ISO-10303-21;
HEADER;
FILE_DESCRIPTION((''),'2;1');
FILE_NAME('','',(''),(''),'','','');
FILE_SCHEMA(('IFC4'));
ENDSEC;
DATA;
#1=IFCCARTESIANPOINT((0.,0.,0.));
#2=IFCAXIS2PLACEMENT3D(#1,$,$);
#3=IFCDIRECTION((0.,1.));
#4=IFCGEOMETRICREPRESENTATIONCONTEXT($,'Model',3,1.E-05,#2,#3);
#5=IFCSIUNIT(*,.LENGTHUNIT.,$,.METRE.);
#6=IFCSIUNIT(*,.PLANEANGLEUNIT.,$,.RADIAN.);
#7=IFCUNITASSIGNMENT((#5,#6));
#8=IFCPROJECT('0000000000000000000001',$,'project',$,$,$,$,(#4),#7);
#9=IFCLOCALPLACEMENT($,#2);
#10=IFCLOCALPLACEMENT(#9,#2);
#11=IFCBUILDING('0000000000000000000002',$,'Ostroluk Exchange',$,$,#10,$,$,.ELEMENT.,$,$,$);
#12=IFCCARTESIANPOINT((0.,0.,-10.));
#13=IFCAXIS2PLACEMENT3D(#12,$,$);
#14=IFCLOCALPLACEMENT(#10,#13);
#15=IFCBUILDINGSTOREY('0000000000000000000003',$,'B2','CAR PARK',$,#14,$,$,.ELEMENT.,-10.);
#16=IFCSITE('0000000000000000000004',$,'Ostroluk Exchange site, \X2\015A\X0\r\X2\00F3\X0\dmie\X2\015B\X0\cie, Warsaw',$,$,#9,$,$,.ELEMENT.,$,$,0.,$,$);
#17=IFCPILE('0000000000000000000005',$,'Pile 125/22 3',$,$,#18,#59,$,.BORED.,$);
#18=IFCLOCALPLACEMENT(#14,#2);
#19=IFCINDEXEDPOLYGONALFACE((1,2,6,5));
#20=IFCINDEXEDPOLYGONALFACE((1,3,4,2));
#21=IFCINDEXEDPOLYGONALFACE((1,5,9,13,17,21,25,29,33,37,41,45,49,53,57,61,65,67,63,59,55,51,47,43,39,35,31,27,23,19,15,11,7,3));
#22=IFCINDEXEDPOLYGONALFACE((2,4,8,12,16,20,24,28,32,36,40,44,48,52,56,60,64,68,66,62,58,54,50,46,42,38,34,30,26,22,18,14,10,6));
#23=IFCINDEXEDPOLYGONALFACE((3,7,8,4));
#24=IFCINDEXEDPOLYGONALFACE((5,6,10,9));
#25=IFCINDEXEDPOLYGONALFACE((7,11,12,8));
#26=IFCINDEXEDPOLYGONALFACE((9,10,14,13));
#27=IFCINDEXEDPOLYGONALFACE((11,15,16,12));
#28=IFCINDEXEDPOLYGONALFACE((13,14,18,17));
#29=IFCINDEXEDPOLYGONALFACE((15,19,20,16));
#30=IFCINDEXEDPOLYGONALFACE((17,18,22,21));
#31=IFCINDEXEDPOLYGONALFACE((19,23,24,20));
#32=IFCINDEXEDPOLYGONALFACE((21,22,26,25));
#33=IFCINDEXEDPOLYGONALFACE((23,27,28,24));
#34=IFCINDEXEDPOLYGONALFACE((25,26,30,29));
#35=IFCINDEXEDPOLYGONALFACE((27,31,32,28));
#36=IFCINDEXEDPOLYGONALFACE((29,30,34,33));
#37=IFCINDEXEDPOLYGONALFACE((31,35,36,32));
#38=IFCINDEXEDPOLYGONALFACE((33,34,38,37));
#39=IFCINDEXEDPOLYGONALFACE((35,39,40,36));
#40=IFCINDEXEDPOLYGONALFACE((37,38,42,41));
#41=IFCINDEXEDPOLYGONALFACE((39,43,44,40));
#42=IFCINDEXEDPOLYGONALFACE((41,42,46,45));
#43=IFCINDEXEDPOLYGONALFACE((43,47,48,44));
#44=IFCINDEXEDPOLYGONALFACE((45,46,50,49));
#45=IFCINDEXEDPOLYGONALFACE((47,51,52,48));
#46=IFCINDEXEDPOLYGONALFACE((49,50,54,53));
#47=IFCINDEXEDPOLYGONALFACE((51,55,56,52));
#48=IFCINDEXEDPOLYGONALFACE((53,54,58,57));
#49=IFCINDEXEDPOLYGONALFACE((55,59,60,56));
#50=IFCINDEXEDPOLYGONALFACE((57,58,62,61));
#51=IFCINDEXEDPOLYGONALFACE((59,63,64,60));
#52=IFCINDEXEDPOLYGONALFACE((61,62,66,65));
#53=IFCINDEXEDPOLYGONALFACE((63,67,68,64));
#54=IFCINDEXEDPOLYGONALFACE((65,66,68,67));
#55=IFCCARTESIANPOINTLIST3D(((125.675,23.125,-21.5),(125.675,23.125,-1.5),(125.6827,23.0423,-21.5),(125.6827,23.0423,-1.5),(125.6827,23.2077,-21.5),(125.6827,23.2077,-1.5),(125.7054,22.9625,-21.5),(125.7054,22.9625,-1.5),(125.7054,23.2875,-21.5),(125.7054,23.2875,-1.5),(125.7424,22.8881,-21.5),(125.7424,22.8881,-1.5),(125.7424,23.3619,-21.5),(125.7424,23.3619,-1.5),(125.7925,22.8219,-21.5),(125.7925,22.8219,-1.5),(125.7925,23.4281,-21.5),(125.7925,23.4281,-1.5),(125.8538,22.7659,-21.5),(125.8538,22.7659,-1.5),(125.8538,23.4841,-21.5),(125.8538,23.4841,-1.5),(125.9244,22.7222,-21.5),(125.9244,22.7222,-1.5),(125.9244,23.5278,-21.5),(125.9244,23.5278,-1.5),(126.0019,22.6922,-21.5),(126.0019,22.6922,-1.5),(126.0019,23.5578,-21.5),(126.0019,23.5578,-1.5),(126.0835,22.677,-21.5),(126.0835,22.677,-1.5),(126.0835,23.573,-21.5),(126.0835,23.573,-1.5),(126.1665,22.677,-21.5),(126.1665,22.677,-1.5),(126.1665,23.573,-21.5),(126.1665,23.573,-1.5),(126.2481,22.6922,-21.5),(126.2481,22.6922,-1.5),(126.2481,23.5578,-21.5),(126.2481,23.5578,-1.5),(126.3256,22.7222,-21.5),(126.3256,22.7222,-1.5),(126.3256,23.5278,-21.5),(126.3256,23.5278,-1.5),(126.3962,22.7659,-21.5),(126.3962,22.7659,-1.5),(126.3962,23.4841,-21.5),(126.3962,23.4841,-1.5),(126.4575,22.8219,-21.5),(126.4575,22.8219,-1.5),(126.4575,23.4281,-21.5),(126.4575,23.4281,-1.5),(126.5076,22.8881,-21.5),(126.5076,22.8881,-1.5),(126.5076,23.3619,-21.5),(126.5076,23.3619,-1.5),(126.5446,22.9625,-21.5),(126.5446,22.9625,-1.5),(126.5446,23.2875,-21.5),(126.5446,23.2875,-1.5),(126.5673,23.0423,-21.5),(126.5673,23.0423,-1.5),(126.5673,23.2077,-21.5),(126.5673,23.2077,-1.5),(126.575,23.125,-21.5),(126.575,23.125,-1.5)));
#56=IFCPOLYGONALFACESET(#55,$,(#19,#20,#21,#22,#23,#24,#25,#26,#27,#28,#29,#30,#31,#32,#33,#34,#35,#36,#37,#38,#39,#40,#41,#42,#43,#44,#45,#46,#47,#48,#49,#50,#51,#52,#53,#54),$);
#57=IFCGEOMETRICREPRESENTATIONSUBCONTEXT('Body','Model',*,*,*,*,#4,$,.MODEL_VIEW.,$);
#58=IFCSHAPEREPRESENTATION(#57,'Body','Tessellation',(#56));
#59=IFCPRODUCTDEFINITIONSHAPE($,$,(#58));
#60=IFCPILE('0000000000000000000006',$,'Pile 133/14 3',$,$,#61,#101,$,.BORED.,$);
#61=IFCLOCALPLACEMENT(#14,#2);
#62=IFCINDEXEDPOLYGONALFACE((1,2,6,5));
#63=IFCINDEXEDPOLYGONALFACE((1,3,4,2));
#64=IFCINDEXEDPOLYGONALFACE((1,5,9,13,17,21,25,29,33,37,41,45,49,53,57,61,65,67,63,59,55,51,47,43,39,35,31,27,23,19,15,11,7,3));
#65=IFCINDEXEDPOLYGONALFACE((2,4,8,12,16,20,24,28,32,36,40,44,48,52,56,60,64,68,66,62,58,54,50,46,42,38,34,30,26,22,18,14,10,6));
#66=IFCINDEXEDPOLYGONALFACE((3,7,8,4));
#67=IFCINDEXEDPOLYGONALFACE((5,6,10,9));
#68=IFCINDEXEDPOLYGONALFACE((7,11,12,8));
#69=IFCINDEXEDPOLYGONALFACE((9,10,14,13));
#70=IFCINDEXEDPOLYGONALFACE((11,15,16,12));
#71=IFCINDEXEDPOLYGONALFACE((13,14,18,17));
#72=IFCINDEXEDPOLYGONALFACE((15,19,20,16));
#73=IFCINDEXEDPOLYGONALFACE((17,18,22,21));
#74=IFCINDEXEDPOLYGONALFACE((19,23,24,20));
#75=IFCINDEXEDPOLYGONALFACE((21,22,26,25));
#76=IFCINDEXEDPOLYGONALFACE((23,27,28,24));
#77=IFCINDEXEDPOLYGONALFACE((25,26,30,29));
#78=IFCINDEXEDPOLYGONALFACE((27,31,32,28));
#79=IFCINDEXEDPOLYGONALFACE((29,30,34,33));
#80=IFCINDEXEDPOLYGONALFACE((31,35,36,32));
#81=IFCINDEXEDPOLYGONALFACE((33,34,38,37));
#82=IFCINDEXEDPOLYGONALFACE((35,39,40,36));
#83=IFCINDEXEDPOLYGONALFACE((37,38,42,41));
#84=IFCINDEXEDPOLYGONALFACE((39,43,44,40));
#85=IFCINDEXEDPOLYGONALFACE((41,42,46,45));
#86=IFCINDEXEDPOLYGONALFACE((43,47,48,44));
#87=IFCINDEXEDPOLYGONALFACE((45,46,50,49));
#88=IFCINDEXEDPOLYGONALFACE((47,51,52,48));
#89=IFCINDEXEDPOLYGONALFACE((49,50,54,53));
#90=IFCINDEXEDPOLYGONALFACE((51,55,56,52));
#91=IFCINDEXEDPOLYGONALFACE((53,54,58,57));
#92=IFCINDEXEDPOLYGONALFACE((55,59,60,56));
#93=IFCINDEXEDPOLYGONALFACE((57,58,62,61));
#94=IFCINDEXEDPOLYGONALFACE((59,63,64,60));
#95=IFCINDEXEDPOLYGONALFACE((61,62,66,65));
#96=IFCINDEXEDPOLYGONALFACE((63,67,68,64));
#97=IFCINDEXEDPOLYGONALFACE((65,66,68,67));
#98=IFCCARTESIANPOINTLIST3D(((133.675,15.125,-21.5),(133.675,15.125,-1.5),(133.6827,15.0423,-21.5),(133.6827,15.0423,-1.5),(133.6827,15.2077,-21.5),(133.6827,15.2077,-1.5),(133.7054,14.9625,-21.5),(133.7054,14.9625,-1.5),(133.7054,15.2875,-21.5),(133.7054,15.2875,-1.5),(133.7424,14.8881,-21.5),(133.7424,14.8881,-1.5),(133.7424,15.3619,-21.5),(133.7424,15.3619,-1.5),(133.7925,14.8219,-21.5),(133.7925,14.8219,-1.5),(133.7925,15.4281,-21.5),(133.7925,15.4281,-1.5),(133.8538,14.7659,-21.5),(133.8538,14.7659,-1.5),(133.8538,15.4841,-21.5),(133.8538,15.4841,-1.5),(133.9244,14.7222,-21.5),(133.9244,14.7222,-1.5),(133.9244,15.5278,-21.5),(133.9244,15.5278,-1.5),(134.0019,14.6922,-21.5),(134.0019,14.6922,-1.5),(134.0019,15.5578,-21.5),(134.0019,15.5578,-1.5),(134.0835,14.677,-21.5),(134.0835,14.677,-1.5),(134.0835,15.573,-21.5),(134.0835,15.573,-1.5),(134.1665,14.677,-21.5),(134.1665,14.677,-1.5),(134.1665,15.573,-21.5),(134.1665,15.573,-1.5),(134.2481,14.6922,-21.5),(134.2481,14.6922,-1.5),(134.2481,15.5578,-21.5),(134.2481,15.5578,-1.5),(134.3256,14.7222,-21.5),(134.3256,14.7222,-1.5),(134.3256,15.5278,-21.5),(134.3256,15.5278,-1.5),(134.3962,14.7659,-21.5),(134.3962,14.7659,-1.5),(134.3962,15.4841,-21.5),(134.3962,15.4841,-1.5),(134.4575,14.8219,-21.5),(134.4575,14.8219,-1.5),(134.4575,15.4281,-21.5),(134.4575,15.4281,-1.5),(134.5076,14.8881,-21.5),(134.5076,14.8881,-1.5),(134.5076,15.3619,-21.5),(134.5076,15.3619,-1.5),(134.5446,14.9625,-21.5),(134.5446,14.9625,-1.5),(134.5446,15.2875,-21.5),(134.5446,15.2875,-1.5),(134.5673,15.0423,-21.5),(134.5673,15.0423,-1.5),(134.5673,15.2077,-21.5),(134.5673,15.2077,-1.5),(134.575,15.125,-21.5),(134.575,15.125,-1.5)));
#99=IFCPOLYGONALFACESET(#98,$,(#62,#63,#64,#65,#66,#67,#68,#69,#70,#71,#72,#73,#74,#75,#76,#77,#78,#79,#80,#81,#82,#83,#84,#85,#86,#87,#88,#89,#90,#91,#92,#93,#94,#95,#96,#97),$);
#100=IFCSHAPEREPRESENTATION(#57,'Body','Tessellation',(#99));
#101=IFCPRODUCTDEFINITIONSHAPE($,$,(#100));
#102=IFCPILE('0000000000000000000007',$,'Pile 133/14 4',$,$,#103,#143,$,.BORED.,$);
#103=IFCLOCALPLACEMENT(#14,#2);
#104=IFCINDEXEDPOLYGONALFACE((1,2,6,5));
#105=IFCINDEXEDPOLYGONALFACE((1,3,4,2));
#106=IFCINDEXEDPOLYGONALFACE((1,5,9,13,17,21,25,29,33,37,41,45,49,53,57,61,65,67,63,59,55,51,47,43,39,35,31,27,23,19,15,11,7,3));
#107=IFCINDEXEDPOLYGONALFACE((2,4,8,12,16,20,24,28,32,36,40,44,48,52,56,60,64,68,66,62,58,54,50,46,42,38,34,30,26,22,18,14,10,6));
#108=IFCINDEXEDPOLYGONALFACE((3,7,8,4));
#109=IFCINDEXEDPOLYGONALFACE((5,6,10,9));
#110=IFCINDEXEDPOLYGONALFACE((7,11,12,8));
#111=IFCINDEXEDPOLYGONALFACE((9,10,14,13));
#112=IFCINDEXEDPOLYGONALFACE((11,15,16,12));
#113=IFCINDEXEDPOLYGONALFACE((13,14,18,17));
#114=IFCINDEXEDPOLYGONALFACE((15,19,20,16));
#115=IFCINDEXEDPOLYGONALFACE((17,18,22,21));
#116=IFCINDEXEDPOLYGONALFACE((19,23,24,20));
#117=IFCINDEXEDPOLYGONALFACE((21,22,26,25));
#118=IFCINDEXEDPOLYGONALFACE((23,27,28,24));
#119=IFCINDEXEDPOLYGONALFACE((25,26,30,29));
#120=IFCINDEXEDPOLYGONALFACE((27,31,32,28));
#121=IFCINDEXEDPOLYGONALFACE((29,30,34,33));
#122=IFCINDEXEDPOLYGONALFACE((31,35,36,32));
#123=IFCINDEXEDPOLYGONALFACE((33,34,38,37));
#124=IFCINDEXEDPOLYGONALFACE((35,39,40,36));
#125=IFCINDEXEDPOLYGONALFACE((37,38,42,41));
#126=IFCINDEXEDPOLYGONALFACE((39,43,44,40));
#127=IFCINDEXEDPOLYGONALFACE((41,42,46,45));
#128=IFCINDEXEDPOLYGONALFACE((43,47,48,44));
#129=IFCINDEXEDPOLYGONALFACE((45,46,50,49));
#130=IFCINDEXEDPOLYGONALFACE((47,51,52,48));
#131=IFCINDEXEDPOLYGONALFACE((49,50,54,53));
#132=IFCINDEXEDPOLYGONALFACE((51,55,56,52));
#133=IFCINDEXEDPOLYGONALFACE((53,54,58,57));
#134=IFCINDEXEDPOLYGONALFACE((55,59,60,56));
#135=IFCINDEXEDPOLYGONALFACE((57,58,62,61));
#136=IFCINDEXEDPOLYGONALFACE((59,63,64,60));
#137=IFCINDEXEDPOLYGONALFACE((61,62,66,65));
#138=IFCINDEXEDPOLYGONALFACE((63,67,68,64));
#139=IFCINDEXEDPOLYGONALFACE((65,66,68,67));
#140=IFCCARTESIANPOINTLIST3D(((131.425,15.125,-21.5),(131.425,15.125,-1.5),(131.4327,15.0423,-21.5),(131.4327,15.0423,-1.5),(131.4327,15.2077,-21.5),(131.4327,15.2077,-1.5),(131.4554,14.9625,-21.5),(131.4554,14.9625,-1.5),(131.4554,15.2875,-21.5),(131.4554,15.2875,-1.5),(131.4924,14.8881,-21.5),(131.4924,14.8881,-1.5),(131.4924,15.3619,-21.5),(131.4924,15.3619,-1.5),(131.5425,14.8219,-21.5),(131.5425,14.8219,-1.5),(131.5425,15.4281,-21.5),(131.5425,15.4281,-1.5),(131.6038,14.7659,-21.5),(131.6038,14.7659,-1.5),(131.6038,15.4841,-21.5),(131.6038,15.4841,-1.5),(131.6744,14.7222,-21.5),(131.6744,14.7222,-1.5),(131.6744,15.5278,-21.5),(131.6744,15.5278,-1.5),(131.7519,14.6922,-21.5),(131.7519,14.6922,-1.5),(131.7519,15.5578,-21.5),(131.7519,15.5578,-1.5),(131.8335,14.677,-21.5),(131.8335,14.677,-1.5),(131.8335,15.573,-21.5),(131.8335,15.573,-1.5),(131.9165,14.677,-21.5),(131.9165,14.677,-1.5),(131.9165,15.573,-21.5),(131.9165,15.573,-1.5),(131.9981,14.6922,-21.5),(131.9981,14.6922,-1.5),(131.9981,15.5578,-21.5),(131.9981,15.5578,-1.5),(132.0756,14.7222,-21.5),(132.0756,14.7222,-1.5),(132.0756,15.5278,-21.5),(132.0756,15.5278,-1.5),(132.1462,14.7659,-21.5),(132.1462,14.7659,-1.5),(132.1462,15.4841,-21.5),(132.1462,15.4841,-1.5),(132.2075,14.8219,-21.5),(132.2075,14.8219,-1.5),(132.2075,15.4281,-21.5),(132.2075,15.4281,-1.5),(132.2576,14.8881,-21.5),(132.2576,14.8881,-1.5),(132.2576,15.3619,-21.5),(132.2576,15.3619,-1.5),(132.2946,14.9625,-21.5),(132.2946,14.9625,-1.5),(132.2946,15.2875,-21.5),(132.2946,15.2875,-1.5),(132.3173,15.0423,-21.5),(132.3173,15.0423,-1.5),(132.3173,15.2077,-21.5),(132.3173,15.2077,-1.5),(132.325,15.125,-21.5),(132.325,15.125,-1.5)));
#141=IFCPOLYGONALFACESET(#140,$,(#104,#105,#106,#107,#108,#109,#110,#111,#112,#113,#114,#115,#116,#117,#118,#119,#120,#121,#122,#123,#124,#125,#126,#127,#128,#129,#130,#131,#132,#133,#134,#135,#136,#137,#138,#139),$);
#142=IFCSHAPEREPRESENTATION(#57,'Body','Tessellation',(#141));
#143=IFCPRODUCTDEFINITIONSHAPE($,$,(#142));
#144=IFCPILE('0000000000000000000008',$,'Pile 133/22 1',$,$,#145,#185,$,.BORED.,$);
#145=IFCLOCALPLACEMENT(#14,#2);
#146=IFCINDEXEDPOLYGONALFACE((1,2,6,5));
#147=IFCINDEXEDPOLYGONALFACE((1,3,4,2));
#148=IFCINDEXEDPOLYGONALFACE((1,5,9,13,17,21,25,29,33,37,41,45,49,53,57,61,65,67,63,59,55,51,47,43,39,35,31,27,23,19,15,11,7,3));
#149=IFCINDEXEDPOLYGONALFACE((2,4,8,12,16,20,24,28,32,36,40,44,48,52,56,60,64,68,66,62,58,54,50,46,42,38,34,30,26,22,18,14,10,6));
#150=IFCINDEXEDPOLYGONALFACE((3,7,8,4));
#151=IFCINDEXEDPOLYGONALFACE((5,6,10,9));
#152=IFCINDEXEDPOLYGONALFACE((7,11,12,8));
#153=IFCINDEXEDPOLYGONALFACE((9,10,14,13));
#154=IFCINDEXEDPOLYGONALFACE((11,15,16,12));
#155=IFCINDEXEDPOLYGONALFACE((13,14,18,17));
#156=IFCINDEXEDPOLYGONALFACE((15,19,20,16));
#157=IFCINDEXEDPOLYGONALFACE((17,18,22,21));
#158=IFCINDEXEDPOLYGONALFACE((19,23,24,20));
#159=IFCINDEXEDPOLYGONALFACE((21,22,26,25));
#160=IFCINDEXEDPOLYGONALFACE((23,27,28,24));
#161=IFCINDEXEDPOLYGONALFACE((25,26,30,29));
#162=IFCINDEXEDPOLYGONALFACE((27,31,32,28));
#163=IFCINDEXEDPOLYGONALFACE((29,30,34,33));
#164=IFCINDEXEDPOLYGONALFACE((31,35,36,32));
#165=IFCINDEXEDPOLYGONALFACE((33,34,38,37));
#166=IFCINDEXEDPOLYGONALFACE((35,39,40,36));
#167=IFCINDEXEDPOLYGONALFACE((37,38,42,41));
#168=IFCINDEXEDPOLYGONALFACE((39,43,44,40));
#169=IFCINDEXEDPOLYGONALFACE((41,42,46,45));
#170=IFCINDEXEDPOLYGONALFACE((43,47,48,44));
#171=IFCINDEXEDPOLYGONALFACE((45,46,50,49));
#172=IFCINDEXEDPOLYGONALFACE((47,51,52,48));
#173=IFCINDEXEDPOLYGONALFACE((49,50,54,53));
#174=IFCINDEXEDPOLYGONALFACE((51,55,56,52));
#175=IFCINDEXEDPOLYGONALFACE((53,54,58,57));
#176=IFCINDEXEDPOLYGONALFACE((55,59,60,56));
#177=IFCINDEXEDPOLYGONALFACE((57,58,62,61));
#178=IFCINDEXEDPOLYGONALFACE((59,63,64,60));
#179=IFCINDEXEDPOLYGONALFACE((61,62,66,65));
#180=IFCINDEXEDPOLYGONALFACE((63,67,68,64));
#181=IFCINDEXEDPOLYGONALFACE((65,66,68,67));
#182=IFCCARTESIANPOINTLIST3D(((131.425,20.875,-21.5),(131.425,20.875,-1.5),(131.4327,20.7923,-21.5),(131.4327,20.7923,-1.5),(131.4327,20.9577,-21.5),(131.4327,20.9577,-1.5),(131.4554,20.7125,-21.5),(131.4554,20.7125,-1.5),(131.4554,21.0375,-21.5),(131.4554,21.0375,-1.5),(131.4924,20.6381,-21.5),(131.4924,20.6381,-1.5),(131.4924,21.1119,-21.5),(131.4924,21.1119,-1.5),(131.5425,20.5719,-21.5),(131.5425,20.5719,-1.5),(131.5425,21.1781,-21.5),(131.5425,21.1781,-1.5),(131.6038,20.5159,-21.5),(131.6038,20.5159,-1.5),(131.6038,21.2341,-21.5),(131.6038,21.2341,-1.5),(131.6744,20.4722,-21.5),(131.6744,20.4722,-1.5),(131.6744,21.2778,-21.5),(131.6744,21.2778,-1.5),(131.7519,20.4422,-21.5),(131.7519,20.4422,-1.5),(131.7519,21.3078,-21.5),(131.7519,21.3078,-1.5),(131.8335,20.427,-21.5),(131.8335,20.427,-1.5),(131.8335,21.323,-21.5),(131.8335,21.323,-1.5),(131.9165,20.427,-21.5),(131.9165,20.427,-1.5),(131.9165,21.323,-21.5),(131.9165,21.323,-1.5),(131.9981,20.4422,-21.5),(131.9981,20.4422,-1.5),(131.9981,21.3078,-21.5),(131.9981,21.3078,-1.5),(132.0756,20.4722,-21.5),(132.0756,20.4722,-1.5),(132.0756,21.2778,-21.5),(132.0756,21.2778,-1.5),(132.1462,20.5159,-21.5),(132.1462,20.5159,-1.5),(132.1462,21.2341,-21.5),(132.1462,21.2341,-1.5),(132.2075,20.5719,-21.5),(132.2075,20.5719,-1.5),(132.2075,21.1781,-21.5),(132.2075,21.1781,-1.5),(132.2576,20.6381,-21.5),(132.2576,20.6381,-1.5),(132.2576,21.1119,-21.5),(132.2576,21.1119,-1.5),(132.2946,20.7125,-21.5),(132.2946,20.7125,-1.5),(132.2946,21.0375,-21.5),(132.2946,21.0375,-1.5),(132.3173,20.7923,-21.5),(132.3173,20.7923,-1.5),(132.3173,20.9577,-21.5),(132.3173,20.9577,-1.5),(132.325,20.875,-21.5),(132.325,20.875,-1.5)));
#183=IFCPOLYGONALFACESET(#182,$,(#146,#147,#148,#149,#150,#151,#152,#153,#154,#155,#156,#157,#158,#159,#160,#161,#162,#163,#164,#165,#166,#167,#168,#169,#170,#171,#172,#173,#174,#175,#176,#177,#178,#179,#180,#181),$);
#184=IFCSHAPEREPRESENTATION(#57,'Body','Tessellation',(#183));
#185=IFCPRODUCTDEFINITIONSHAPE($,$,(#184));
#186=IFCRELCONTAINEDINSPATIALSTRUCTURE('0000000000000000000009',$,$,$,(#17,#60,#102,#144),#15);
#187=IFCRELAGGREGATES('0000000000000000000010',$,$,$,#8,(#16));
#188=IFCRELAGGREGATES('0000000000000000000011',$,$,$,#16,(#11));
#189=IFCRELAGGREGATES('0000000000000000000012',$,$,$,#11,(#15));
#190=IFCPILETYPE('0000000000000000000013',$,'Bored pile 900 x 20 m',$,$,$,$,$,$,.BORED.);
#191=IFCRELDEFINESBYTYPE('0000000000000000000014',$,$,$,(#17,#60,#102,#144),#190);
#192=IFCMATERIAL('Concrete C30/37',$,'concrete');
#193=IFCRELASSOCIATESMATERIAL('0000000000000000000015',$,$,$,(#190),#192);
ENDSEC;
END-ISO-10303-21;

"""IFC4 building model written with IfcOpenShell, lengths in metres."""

from ifc_helpers import new_model, si_unit, direction, frame, origin, origin_2d, place, context, subcontext, project, spatial, circle, extrude, material, type_object, element, save


model = new_model("IFC4")

# Units and contexts
model_context = context("Model", 3, precision=1e-05, world=origin(), true_north=direction((0.0, 1.0)))
body_context = subcontext(model_context, "Body", "Model", "MODEL_VIEW")
ifc_project = project(units=[si_unit("LENGTHUNIT", "METRE"), si_unit("PLANEANGLEUNIT", "RADIAN")], contexts=[model_context])

# Site, building, storey
site_placement = place(None, origin())
site = spatial("IfcSite", under=ifc_project, at=site_placement, Name="Ostroluk Exchange site, Śródmieście, Warsaw", CompositionType="ELEMENT", RefElevation=0.0)
building_placement = place(site_placement, origin())
building = spatial("IfcBuilding", under=site, at=building_placement, Name="Ostroluk Exchange", CompositionType="ELEMENT")
storey_placement = place(building_placement, frame((0.0, 0.0, -10.0)))
storey = spatial("IfcBuildingStorey", under=building, at=storey_placement, Name="B2", Description="CAR PARK", CompositionType="ELEMENT", Elevation=-10.0)

# Piles
ifc_material_1 = material(Name="Concrete C30/37", Category="concrete")
pile_type_1 = type_object("IfcPileType", Name="Bored pile 900 x 20 m", PredefinedType="BORED", material=ifc_material_1)
for number, where, z_axis, x_axis, name in (
    (1, (126.125, 23.125, -1.5), (0.0, 0.0, -1.0), (1.0, 0.0, 0.0), "Pile 125/22 3"),
    (2, (134.125, 15.125, -1.5), (0.0, 0.0, -1.0), (1.0, 0.0, 0.0), "Pile 133/14 3"),
    (3, (131.875, 15.125, -1.5), (0.0, 0.0, -1.0), (1.0, 0.0, 0.0), "Pile 133/14 4"),
    (4, (131.875, 20.875, -1.5), (0.0, 0.0, -1.0), (1.0, 0.0, 0.0), "Pile 133/22 1"),
):
    element("IfcPile", number, at=place(storey_placement, frame(where, z_axis=z_axis, x_axis=x_axis)), inside=storey, type_object=pile_type_1, Name=name, PredefinedType="BORED", context=body_context, shape_type="SweptSolid", body=[
        extrude(circle(Radius=0.45, at=origin_2d()), origin(), (0.0, 0.0, 1.0), 20.0),
    ])

save(model, "model.ifc")
